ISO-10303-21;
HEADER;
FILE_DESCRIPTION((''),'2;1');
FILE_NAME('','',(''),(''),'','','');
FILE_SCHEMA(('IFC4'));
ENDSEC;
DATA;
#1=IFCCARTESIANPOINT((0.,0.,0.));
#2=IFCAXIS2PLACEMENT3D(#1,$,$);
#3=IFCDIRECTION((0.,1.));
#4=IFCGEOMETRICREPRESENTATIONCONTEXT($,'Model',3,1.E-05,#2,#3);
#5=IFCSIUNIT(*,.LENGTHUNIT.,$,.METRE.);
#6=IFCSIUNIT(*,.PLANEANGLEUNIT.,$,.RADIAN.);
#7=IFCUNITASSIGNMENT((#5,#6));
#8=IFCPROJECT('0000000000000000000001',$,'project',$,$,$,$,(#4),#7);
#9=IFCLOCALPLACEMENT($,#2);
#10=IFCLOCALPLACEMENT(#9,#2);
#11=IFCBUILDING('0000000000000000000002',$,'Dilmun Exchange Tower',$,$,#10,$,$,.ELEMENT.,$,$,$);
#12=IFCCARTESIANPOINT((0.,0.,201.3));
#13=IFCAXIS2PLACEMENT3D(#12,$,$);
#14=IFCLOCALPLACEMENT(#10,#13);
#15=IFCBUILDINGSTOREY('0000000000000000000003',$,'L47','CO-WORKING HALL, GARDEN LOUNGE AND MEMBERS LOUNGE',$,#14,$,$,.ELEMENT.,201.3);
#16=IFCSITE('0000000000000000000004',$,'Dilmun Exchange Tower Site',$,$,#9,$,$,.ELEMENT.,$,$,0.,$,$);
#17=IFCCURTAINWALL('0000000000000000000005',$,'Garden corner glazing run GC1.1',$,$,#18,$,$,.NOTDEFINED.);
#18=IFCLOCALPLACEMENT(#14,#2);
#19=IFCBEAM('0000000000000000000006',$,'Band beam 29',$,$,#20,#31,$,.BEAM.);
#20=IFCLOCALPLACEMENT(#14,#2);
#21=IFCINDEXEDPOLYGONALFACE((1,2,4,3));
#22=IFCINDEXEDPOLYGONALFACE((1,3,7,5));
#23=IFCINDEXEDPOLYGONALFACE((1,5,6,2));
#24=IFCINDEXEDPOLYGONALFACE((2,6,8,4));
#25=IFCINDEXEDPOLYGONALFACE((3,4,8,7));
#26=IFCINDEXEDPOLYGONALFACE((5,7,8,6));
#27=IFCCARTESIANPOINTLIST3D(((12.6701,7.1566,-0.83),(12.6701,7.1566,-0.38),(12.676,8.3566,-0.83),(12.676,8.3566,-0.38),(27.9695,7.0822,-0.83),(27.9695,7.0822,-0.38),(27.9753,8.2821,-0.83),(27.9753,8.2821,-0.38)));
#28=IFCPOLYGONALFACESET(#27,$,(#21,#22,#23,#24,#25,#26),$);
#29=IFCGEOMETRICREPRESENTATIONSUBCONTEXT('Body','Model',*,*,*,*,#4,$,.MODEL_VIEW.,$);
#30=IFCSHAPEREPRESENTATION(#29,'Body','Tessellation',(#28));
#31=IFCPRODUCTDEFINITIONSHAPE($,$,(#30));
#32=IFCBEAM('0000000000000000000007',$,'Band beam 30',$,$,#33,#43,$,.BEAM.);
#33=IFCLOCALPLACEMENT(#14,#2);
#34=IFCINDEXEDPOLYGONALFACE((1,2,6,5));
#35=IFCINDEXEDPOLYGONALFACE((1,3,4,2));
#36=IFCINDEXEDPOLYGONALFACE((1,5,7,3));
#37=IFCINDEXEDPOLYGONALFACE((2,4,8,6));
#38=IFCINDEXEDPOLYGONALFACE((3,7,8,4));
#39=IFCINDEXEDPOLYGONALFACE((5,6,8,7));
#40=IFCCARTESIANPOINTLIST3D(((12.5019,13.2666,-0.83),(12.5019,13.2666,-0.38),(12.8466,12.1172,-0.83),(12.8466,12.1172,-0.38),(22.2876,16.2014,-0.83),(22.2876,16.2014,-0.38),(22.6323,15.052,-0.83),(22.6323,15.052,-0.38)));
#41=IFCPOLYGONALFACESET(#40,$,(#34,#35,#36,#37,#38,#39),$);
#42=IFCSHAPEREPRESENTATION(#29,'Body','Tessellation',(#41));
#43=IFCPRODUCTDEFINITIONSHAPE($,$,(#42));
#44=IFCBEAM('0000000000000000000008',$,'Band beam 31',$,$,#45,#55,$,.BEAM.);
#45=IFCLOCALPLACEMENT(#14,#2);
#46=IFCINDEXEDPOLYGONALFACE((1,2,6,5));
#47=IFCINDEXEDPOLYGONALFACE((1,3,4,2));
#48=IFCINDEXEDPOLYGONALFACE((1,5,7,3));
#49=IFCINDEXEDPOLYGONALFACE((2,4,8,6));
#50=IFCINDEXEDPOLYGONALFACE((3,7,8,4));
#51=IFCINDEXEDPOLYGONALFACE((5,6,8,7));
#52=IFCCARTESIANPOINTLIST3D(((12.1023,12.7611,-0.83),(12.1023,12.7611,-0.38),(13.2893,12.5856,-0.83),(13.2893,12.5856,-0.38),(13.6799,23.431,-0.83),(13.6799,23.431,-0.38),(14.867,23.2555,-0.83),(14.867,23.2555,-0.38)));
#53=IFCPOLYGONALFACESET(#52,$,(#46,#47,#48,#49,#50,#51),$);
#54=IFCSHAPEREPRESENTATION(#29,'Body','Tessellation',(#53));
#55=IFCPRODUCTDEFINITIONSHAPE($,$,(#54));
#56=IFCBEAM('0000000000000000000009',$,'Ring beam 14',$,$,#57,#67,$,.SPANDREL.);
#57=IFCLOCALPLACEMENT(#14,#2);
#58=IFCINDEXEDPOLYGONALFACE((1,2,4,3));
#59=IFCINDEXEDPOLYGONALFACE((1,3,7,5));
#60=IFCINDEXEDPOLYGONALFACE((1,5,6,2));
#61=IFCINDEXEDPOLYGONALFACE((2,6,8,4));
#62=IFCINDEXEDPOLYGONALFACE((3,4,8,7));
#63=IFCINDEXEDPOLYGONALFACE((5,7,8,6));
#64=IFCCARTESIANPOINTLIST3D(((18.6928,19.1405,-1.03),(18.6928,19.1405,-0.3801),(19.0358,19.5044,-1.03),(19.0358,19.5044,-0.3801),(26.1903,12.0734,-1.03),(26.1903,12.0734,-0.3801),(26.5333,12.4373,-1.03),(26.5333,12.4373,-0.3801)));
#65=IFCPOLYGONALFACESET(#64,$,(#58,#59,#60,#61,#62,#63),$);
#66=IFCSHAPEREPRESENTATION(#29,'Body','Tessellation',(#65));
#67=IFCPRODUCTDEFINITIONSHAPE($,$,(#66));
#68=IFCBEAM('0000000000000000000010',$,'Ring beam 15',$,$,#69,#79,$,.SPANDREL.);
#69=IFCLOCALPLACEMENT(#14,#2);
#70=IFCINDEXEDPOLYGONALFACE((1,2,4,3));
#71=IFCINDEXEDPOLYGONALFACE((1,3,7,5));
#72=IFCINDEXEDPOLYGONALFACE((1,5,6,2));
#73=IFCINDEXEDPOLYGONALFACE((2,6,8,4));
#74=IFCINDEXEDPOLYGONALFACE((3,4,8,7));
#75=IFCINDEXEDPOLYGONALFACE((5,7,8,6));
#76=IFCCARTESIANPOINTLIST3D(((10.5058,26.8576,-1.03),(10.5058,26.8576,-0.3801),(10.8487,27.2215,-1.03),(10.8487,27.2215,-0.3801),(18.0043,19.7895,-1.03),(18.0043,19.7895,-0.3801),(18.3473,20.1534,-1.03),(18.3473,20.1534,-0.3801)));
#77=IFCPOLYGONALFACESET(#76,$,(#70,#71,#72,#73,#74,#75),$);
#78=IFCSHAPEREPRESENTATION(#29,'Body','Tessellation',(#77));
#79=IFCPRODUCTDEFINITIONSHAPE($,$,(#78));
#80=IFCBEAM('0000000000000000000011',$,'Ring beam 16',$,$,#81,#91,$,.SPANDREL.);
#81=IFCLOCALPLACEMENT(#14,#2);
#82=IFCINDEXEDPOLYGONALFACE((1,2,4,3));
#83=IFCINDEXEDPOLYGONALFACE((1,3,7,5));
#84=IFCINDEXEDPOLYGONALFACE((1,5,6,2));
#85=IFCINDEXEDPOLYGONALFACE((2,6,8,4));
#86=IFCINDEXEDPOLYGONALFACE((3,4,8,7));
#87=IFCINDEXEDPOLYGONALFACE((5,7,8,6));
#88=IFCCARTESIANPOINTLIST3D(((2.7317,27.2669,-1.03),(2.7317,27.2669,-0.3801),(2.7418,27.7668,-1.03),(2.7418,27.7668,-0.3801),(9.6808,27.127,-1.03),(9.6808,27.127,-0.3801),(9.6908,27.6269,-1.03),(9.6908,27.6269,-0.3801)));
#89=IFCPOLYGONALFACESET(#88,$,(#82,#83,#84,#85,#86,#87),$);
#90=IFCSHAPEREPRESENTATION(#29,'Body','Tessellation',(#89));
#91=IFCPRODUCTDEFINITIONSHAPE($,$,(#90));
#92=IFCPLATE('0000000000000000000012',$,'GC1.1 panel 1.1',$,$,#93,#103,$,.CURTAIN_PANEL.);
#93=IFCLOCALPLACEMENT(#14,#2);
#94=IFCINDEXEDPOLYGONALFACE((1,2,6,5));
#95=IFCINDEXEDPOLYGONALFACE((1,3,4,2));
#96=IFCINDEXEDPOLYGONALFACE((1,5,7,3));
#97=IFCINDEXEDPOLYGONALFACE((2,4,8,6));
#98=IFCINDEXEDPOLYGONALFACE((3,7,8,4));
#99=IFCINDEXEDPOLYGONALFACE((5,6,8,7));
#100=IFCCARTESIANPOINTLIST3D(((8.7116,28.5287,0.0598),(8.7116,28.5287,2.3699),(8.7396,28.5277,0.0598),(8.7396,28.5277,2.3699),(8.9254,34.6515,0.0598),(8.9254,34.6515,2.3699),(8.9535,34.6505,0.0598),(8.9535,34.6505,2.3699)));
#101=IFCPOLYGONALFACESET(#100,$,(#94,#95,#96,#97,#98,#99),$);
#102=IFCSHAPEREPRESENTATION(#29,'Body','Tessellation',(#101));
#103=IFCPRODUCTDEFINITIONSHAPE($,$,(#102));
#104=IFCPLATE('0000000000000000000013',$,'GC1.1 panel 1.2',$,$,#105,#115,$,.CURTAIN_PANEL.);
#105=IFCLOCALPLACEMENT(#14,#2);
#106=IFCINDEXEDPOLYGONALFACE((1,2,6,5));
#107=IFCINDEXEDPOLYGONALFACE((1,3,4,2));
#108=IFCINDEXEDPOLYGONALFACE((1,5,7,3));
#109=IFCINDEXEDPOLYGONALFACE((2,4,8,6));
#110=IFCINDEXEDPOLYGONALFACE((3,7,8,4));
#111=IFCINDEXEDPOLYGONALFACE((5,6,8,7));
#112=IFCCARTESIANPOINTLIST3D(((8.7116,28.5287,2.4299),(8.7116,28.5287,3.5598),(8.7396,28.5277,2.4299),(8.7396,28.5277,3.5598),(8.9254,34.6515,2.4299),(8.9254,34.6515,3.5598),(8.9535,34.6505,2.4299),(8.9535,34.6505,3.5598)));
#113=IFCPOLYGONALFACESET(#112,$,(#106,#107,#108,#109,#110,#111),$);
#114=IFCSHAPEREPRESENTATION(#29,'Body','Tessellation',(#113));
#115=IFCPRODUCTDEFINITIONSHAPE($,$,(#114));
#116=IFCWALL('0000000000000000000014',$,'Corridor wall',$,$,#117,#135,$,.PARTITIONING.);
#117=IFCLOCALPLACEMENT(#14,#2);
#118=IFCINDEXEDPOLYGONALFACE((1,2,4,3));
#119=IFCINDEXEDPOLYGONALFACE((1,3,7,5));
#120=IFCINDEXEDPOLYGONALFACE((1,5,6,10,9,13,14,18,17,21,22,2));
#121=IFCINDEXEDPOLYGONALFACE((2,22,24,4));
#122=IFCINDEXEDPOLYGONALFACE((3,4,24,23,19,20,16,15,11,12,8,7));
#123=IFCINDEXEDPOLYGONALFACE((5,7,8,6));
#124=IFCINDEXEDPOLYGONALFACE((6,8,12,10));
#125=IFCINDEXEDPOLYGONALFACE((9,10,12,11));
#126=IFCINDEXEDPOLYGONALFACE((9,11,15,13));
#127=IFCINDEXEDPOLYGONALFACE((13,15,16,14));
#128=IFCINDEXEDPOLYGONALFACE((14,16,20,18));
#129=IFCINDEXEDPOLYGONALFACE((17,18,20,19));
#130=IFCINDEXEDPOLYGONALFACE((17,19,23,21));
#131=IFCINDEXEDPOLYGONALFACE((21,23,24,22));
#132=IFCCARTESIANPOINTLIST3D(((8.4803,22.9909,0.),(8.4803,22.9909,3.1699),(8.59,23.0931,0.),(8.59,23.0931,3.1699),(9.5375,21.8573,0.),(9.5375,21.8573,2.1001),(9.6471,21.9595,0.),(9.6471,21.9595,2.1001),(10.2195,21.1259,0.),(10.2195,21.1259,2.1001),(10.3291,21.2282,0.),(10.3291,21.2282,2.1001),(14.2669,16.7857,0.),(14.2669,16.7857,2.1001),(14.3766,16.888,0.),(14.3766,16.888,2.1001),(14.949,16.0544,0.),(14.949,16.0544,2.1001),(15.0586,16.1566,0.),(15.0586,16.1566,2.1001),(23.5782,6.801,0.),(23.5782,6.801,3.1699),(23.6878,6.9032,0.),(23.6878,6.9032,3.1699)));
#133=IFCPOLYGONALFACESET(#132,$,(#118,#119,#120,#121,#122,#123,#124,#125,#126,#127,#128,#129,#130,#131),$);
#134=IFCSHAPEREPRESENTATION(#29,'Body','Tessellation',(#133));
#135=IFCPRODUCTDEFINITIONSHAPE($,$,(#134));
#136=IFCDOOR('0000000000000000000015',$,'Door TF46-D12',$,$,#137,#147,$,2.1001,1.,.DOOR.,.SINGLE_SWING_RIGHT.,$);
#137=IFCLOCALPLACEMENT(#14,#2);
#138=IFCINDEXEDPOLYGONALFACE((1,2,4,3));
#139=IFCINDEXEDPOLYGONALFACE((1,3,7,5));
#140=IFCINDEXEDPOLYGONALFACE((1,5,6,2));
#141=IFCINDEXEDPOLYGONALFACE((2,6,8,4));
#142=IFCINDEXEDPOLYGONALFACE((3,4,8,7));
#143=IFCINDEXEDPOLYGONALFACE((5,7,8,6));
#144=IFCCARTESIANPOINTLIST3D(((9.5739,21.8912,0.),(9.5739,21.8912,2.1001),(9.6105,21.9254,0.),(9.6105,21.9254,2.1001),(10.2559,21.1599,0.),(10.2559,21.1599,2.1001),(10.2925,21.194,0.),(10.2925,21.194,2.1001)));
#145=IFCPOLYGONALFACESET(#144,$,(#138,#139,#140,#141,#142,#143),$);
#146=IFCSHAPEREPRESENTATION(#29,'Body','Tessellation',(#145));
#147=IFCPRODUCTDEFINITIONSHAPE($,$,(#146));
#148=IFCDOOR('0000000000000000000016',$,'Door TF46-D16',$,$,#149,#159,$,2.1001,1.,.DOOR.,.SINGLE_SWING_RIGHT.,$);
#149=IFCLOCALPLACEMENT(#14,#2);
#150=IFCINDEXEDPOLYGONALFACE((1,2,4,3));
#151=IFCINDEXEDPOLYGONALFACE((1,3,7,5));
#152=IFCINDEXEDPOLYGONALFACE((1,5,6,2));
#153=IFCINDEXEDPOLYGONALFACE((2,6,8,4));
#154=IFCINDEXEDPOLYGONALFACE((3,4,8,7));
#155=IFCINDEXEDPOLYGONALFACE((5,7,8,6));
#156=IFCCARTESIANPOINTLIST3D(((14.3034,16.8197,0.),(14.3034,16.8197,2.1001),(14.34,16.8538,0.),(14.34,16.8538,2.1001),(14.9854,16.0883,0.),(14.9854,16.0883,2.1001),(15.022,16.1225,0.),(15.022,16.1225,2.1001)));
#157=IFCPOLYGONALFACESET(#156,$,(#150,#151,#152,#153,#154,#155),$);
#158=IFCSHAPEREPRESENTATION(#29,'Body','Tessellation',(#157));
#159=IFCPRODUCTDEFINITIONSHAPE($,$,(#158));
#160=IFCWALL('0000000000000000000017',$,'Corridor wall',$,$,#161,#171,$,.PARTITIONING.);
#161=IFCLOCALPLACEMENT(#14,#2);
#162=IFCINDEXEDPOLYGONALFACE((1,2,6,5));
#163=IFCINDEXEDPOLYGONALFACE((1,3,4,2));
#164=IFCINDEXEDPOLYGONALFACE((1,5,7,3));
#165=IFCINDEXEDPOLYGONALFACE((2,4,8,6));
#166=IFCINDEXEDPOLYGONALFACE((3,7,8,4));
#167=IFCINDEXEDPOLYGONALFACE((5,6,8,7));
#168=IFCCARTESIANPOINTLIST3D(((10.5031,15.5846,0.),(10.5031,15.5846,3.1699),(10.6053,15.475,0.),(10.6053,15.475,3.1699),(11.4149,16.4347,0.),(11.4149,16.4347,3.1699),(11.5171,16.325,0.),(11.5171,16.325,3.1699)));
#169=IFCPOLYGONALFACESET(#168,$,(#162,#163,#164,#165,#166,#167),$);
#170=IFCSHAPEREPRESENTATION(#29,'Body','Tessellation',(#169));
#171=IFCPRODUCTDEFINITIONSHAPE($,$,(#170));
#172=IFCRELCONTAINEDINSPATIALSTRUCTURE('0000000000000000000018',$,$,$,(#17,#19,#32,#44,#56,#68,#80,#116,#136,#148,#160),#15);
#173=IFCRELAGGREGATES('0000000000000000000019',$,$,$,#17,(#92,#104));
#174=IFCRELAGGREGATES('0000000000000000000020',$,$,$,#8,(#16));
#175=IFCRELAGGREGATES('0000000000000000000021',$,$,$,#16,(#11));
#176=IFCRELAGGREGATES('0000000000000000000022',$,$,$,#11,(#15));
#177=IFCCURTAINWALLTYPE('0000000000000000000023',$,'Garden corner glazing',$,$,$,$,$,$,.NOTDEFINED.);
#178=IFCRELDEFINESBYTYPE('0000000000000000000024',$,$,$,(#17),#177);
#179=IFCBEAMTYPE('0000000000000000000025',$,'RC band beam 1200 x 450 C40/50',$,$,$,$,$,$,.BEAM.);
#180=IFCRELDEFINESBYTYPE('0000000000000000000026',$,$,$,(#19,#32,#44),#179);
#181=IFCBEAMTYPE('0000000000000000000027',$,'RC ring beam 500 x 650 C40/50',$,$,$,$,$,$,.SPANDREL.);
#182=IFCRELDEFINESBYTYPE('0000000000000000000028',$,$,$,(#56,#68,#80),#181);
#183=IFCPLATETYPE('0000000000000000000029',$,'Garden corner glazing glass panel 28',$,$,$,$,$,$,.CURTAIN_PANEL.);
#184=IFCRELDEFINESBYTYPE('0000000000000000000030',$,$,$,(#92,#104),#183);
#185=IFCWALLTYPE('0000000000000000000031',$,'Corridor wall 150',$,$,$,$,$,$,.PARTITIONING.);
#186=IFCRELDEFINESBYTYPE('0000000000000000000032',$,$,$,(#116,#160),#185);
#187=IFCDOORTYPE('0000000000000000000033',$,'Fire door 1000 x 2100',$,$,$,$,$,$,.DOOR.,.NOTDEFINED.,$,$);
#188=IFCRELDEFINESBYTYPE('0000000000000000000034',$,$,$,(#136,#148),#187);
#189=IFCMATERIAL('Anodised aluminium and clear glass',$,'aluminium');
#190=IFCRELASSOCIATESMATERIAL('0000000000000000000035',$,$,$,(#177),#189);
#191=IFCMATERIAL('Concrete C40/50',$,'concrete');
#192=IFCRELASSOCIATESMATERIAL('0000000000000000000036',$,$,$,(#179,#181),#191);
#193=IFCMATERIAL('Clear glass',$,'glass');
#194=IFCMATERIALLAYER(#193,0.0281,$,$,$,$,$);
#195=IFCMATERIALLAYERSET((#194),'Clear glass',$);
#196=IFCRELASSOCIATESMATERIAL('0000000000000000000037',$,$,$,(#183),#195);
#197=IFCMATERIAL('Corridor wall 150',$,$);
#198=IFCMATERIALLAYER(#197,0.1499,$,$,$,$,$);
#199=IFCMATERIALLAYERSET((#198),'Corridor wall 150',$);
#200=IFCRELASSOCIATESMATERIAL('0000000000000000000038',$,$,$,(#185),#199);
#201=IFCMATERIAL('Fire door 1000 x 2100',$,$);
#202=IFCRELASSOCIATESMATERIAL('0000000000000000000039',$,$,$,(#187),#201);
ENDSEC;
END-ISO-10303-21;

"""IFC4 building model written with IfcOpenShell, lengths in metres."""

from ifc_helpers import new_model, si_unit, direction, frame, frame_2d, origin, origin_2d, place, context, subcontext, project, spatial, rectangle, extrude, material, layer, layer_set, material_profile, profile_set, type_object, element, fill, aggregate, save


model = new_model("IFC4")

# Units and contexts
model_context = context("Model", 3, precision=1e-05, world=origin(), true_north=direction((0.0, 1.0)))
body_context = subcontext(model_context, "Body", "Model", "MODEL_VIEW")
ifc_project = project(units=[si_unit("LENGTHUNIT", "METRE"), si_unit("PLANEANGLEUNIT", "RADIAN")], contexts=[model_context])

# Site, building, storey
site_placement = place(None, origin())
site = spatial("IfcSite", under=ifc_project, at=site_placement, Name="Dilmun Exchange Tower Site", CompositionType="ELEMENT", RefElevation=0.0)
building_placement = place(site_placement, origin())
building = spatial("IfcBuilding", under=site, at=building_placement, Name="Dilmun Exchange Tower", CompositionType="ELEMENT")
storey_placement = place(building_placement, frame((0.0, 0.0, 201.3)))
storey = spatial("IfcBuildingStorey", under=building, at=storey_placement, Name="L47", Description="CO-WORKING HALL, GARDEN LOUNGE AND MEMBERS LOUNGE", CompositionType="ELEMENT", Elevation=201.3)

# Curtain wall
ifc_material_1 = material(Name="Anodised aluminium and clear glass", Category="aluminium")
curtain_wall_type = type_object("IfcCurtainWallType", Name="Garden corner glazing", PredefinedType="NOTDEFINED", material=ifc_material_1)
curtain_wall_1_placement = place(storey_placement, origin())
curtain_wall_1 = element("IfcCurtainWall", 1, at=curtain_wall_1_placement, inside=storey, type_object=curtain_wall_type, Name="Garden corner glazing run GC1.1", PredefinedType="NOTDEFINED")

# Beams
ifc_material_2 = material(Name="Concrete C40/50", Category="concrete")
ifc_material_profile_1 = material_profile(ifc_material_2, rectangle(XDim=1.2, YDim=0.45, at=origin_2d()), Name="1200 x 450")
ifc_profile_set_1 = profile_set([ifc_material_profile_1], Name="Concrete C40/50")
beam_type_1 = type_object("IfcBeamType", Name="RC band beam 1200 x 450 C40/50", PredefinedType="BEAM", material=ifc_profile_set_1)
beam_1_placement = place(storey_placement, frame((27.9724, 7.6821, -0.605), z_axis=(-0.999988, 0.004867, 0.0), x_axis=(-0.004867, -0.999988, 0.0)))
element("IfcBeam", 2, at=beam_1_placement, inside=storey, type_object=beam_type_1, Name="Band beam 29", PredefinedType="BEAM", context=body_context, shape_type="SweptSolid", body=[
    extrude(rectangle(XDim=1.2, YDim=0.45, at=origin_2d()), origin(), (0.0, 0.0, 1.0), 15.2996),
])
beam_2_placement = place(storey_placement, frame((22.46, 15.6267, -0.605), z_axis=(-0.95785, -0.287269, 0.0), x_axis=(0.287269, -0.95785, 0.0)))
element("IfcBeam", 3, at=beam_2_placement, inside=storey, type_object=beam_type_1, Name="Band beam 30", PredefinedType="BEAM", context=body_context, shape_type="SweptSolid", body=[
    extrude(rectangle(XDim=1.2, YDim=0.45, at=origin_2d()), origin(), (0.0, 0.0, 1.0), 10.2163),
])
beam_3_placement = place(storey_placement, frame((14.2734, 23.3433, -0.605), z_axis=(-0.146268, -0.989245, 0.0), x_axis=(0.989245, -0.146268, 0.0)))
element("IfcBeam", 4, at=beam_3_placement, inside=storey, type_object=beam_type_1, Name="Band beam 31", PredefinedType="BEAM", context=body_context, shape_type="SweptSolid", body=[
    extrude(rectangle(XDim=1.2, YDim=0.45, at=origin_2d()), origin(), (0.0, 0.0, 1.0), 10.7859),
])
ifc_material_profile_2 = material_profile(ifc_material_2, rectangle(XDim=0.5, YDim=0.6499, at=origin_2d()), Name="500 x 650")
ifc_profile_set_2 = profile_set([ifc_material_profile_2], Name="Concrete C40/50")
beam_type_2 = type_object("IfcBeamType", Name="RC ring beam 500 x 650 C40/50", PredefinedType="SPANDREL", material=ifc_profile_set_2)
beam_4_placement = place(storey_placement, frame((26.3618, 12.2554, -0.7051), z_axis=(-0.727686, 0.685911, 0.0), x_axis=(-0.685911, -0.727686, 0.0)))
element("IfcBeam", 5, at=beam_4_placement, inside=storey, type_object=beam_type_2, Name="Ring beam 14", PredefinedType="SPANDREL", context=body_context, shape_type="SweptSolid", body=[
    extrude(rectangle(XDim=0.5, YDim=0.6499, at=origin_2d()), origin(), (0.0, 0.0, 1.0), 10.3032),
])
beam_5_placement = place(storey_placement, frame((18.1758, 19.9714, -0.7051), z_axis=(-0.727683, 0.685914, 0.0), x_axis=(-0.685914, -0.727683, 0.0)))
element("IfcBeam", 6, at=beam_5_placement, inside=storey, type_object=beam_type_2, Name="Ring beam 15", PredefinedType="SPANDREL", context=body_context, shape_type="SweptSolid", body=[
    extrude(rectangle(XDim=0.5, YDim=0.6499, at=origin_2d()), origin(), (0.0, 0.0, 1.0), 10.3047),
])
beam_6_placement = place(storey_placement, frame((9.6858, 27.377, -0.7051), z_axis=(-0.999797, 0.020127, 0.0), x_axis=(-0.020127, -0.999797, 0.0)))
element("IfcBeam", 7, at=beam_6_placement, inside=storey, type_object=beam_type_2, Name="Ring beam 16", PredefinedType="SPANDREL", context=body_context, shape_type="SweptSolid", body=[
    extrude(rectangle(XDim=0.5, YDim=0.6499, at=origin_2d()), origin(), (0.0, 0.0, 1.0), 6.9504),
])

# Plates
ifc_material_3 = material(Name="Clear glass", Category="glass")
ifc_layer_1 = layer(ifc_material_3, 0.0281)
ifc_layer_set_1 = layer_set([ifc_layer_1], Name="Clear glass")
plate_type = type_object("IfcPlateType", Name="Garden corner glazing glass panel 28", PredefinedType="CURTAIN_PANEL", material=ifc_layer_set_1)
plate_1_placement = place(storey_placement, frame((8.8325, 31.5896, 0.0598), z_axis=(0.0, 0.0, 1.0), x_axis=(-0.0349, -0.999391, 0.0)))
plate_1 = element("IfcPlate", 8, at=plate_1_placement, type_object=plate_type, Name="GC1.1 panel 1.1", PredefinedType="CURTAIN_PANEL", context=body_context, shape_type="SweptSolid", body=[
    extrude(rectangle(XDim=6.1265, YDim=0.0281, at=origin_2d()), origin(), (0.0, 0.0, 1.0), 2.3101),
])
plate_2_placement = place(storey_placement, frame((8.8325, 31.5896, 2.4299), z_axis=(0.0, 0.0, 1.0), x_axis=(-0.0349, -0.999391, 0.0)))
plate_2 = element("IfcPlate", 9, at=plate_2_placement, type_object=plate_type, Name="GC1.1 panel 1.2", PredefinedType="CURTAIN_PANEL", context=body_context, shape_type="SweptSolid", body=[
    extrude(rectangle(XDim=6.1265, YDim=0.0281, at=origin_2d()), origin(), (0.0, 0.0, 1.0), 1.1299),
])
aggregate(curtain_wall_1, [plate_1, plate_2])

# Wall, openings, doors
ifc_material_4 = material(Name="Corridor wall 150")
ifc_layer_2 = layer(ifc_material_4, 0.1499)
ifc_layer_set_2 = layer_set([ifc_layer_2], Name="Corridor wall 150")
wall_type_1 = type_object("IfcWallType", Name="Corridor wall 150", PredefinedType="PARTITIONING", material=ifc_layer_set_2)
wall_1_placement = place(storey_placement, frame((8.5352, 23.042, 0.0), z_axis=(0.0, 0.0, 1.0), x_axis=(0.682011, -0.731342, 0.0)))
wall_1 = element("IfcWall", 10, at=wall_1_placement, inside=storey, type_object=wall_type_1, Name="Corridor wall", PredefinedType="PARTITIONING", context=body_context, shape_type="SweptSolid", body=[
    extrude(rectangle(XDim=22.1372, YDim=0.1499, at=frame_2d((11.0686, 0.0))), origin(), (0.0, 0.0, 1.0), 3.1699),
])
opening_1_placement = place(wall_1_placement, frame((1.55, 0.0, 0.0)))
opening_1 = element("IfcOpeningElement", 11, at=opening_1_placement, cuts=wall_1, PredefinedType="OPENING", context=body_context, shape_type="SweptSolid", body=[
    extrude(rectangle(XDim=1.0, YDim=2.1001, at=frame_2d((0.5, 1.05))), frame((0.0, 0.085, 0.0), z_axis=(0.0, -1.0, 0.0), x_axis=(1.0, 0.0, 0.0)), (0.0, 0.0, 1.0), 0.1699),
])
opening_2_placement = place(wall_1_placement, frame((8.4846, 0.0, 0.0)))
opening_2 = element("IfcOpeningElement", 12, at=opening_2_placement, cuts=wall_1, PredefinedType="OPENING", context=body_context, shape_type="SweptSolid", body=[
    extrude(rectangle(XDim=1.0, YDim=2.1001, at=frame_2d((0.5, 1.05))), frame((0.0, 0.085, 0.0), z_axis=(0.0, -1.0, 0.0), x_axis=(1.0, 0.0, 0.0)), (0.0, 0.0, 1.0), 0.1699),
])
ifc_material_5 = material(Name="Fire door 1000 x 2100")
door_type = type_object("IfcDoorType", Name="Fire door 1000 x 2100", OperationType="NOTDEFINED", PredefinedType="DOOR", material=ifc_material_5)
door_1_placement = place(opening_1_placement, origin())
door_1 = element("IfcDoor", 13, at=door_1_placement, inside=storey, type_object=door_type, Name="Door TF46-D12", OperationType="SINGLE_SWING_RIGHT", OverallHeight=2.1001, OverallWidth=1.0, PredefinedType="DOOR", context=body_context, shape_type="SweptSolid", body=[
    extrude(rectangle(XDim=1.0, YDim=2.1001, at=frame_2d((0.5, 1.05))), frame((0.0, 0.0249, 0.0), z_axis=(0.0, -1.0, 0.0), x_axis=(1.0, 0.0, 0.0)), (0.0, 0.0, 1.0), 0.05),
])
fill(opening_1, door_1)
door_2_placement = place(opening_2_placement, origin())
door_2 = element("IfcDoor", 14, at=door_2_placement, inside=storey, type_object=door_type, Name="Door TF46-D16", OperationType="SINGLE_SWING_RIGHT", OverallHeight=2.1001, OverallWidth=1.0, PredefinedType="DOOR", context=body_context, shape_type="SweptSolid", body=[
    extrude(rectangle(XDim=1.0, YDim=2.1001, at=frame_2d((0.5, 1.05))), frame((0.0, 0.0249, 0.0), z_axis=(0.0, -1.0, 0.0), x_axis=(1.0, 0.0, 0.0)), (0.0, 0.0, 1.0), 0.05),
])
fill(opening_2, door_2)

# Wall
wall_2_placement = place(storey_placement, frame((10.5542, 15.5298, 0.0), z_axis=(0.0, 0.0, 1.0), x_axis=(0.731446, 0.681899, 0.0)))
element("IfcWall", 15, at=wall_2_placement, inside=storey, type_object=wall_type_1, Name="Corridor wall", PredefinedType="PARTITIONING", context=body_context, shape_type="SweptSolid", body=[
    extrude(rectangle(XDim=1.2466, YDim=0.1499, at=frame_2d((0.6233, 0.0))), origin(), (0.0, 0.0, 1.0), 3.1699),
])

save(model, "model.ifc")
